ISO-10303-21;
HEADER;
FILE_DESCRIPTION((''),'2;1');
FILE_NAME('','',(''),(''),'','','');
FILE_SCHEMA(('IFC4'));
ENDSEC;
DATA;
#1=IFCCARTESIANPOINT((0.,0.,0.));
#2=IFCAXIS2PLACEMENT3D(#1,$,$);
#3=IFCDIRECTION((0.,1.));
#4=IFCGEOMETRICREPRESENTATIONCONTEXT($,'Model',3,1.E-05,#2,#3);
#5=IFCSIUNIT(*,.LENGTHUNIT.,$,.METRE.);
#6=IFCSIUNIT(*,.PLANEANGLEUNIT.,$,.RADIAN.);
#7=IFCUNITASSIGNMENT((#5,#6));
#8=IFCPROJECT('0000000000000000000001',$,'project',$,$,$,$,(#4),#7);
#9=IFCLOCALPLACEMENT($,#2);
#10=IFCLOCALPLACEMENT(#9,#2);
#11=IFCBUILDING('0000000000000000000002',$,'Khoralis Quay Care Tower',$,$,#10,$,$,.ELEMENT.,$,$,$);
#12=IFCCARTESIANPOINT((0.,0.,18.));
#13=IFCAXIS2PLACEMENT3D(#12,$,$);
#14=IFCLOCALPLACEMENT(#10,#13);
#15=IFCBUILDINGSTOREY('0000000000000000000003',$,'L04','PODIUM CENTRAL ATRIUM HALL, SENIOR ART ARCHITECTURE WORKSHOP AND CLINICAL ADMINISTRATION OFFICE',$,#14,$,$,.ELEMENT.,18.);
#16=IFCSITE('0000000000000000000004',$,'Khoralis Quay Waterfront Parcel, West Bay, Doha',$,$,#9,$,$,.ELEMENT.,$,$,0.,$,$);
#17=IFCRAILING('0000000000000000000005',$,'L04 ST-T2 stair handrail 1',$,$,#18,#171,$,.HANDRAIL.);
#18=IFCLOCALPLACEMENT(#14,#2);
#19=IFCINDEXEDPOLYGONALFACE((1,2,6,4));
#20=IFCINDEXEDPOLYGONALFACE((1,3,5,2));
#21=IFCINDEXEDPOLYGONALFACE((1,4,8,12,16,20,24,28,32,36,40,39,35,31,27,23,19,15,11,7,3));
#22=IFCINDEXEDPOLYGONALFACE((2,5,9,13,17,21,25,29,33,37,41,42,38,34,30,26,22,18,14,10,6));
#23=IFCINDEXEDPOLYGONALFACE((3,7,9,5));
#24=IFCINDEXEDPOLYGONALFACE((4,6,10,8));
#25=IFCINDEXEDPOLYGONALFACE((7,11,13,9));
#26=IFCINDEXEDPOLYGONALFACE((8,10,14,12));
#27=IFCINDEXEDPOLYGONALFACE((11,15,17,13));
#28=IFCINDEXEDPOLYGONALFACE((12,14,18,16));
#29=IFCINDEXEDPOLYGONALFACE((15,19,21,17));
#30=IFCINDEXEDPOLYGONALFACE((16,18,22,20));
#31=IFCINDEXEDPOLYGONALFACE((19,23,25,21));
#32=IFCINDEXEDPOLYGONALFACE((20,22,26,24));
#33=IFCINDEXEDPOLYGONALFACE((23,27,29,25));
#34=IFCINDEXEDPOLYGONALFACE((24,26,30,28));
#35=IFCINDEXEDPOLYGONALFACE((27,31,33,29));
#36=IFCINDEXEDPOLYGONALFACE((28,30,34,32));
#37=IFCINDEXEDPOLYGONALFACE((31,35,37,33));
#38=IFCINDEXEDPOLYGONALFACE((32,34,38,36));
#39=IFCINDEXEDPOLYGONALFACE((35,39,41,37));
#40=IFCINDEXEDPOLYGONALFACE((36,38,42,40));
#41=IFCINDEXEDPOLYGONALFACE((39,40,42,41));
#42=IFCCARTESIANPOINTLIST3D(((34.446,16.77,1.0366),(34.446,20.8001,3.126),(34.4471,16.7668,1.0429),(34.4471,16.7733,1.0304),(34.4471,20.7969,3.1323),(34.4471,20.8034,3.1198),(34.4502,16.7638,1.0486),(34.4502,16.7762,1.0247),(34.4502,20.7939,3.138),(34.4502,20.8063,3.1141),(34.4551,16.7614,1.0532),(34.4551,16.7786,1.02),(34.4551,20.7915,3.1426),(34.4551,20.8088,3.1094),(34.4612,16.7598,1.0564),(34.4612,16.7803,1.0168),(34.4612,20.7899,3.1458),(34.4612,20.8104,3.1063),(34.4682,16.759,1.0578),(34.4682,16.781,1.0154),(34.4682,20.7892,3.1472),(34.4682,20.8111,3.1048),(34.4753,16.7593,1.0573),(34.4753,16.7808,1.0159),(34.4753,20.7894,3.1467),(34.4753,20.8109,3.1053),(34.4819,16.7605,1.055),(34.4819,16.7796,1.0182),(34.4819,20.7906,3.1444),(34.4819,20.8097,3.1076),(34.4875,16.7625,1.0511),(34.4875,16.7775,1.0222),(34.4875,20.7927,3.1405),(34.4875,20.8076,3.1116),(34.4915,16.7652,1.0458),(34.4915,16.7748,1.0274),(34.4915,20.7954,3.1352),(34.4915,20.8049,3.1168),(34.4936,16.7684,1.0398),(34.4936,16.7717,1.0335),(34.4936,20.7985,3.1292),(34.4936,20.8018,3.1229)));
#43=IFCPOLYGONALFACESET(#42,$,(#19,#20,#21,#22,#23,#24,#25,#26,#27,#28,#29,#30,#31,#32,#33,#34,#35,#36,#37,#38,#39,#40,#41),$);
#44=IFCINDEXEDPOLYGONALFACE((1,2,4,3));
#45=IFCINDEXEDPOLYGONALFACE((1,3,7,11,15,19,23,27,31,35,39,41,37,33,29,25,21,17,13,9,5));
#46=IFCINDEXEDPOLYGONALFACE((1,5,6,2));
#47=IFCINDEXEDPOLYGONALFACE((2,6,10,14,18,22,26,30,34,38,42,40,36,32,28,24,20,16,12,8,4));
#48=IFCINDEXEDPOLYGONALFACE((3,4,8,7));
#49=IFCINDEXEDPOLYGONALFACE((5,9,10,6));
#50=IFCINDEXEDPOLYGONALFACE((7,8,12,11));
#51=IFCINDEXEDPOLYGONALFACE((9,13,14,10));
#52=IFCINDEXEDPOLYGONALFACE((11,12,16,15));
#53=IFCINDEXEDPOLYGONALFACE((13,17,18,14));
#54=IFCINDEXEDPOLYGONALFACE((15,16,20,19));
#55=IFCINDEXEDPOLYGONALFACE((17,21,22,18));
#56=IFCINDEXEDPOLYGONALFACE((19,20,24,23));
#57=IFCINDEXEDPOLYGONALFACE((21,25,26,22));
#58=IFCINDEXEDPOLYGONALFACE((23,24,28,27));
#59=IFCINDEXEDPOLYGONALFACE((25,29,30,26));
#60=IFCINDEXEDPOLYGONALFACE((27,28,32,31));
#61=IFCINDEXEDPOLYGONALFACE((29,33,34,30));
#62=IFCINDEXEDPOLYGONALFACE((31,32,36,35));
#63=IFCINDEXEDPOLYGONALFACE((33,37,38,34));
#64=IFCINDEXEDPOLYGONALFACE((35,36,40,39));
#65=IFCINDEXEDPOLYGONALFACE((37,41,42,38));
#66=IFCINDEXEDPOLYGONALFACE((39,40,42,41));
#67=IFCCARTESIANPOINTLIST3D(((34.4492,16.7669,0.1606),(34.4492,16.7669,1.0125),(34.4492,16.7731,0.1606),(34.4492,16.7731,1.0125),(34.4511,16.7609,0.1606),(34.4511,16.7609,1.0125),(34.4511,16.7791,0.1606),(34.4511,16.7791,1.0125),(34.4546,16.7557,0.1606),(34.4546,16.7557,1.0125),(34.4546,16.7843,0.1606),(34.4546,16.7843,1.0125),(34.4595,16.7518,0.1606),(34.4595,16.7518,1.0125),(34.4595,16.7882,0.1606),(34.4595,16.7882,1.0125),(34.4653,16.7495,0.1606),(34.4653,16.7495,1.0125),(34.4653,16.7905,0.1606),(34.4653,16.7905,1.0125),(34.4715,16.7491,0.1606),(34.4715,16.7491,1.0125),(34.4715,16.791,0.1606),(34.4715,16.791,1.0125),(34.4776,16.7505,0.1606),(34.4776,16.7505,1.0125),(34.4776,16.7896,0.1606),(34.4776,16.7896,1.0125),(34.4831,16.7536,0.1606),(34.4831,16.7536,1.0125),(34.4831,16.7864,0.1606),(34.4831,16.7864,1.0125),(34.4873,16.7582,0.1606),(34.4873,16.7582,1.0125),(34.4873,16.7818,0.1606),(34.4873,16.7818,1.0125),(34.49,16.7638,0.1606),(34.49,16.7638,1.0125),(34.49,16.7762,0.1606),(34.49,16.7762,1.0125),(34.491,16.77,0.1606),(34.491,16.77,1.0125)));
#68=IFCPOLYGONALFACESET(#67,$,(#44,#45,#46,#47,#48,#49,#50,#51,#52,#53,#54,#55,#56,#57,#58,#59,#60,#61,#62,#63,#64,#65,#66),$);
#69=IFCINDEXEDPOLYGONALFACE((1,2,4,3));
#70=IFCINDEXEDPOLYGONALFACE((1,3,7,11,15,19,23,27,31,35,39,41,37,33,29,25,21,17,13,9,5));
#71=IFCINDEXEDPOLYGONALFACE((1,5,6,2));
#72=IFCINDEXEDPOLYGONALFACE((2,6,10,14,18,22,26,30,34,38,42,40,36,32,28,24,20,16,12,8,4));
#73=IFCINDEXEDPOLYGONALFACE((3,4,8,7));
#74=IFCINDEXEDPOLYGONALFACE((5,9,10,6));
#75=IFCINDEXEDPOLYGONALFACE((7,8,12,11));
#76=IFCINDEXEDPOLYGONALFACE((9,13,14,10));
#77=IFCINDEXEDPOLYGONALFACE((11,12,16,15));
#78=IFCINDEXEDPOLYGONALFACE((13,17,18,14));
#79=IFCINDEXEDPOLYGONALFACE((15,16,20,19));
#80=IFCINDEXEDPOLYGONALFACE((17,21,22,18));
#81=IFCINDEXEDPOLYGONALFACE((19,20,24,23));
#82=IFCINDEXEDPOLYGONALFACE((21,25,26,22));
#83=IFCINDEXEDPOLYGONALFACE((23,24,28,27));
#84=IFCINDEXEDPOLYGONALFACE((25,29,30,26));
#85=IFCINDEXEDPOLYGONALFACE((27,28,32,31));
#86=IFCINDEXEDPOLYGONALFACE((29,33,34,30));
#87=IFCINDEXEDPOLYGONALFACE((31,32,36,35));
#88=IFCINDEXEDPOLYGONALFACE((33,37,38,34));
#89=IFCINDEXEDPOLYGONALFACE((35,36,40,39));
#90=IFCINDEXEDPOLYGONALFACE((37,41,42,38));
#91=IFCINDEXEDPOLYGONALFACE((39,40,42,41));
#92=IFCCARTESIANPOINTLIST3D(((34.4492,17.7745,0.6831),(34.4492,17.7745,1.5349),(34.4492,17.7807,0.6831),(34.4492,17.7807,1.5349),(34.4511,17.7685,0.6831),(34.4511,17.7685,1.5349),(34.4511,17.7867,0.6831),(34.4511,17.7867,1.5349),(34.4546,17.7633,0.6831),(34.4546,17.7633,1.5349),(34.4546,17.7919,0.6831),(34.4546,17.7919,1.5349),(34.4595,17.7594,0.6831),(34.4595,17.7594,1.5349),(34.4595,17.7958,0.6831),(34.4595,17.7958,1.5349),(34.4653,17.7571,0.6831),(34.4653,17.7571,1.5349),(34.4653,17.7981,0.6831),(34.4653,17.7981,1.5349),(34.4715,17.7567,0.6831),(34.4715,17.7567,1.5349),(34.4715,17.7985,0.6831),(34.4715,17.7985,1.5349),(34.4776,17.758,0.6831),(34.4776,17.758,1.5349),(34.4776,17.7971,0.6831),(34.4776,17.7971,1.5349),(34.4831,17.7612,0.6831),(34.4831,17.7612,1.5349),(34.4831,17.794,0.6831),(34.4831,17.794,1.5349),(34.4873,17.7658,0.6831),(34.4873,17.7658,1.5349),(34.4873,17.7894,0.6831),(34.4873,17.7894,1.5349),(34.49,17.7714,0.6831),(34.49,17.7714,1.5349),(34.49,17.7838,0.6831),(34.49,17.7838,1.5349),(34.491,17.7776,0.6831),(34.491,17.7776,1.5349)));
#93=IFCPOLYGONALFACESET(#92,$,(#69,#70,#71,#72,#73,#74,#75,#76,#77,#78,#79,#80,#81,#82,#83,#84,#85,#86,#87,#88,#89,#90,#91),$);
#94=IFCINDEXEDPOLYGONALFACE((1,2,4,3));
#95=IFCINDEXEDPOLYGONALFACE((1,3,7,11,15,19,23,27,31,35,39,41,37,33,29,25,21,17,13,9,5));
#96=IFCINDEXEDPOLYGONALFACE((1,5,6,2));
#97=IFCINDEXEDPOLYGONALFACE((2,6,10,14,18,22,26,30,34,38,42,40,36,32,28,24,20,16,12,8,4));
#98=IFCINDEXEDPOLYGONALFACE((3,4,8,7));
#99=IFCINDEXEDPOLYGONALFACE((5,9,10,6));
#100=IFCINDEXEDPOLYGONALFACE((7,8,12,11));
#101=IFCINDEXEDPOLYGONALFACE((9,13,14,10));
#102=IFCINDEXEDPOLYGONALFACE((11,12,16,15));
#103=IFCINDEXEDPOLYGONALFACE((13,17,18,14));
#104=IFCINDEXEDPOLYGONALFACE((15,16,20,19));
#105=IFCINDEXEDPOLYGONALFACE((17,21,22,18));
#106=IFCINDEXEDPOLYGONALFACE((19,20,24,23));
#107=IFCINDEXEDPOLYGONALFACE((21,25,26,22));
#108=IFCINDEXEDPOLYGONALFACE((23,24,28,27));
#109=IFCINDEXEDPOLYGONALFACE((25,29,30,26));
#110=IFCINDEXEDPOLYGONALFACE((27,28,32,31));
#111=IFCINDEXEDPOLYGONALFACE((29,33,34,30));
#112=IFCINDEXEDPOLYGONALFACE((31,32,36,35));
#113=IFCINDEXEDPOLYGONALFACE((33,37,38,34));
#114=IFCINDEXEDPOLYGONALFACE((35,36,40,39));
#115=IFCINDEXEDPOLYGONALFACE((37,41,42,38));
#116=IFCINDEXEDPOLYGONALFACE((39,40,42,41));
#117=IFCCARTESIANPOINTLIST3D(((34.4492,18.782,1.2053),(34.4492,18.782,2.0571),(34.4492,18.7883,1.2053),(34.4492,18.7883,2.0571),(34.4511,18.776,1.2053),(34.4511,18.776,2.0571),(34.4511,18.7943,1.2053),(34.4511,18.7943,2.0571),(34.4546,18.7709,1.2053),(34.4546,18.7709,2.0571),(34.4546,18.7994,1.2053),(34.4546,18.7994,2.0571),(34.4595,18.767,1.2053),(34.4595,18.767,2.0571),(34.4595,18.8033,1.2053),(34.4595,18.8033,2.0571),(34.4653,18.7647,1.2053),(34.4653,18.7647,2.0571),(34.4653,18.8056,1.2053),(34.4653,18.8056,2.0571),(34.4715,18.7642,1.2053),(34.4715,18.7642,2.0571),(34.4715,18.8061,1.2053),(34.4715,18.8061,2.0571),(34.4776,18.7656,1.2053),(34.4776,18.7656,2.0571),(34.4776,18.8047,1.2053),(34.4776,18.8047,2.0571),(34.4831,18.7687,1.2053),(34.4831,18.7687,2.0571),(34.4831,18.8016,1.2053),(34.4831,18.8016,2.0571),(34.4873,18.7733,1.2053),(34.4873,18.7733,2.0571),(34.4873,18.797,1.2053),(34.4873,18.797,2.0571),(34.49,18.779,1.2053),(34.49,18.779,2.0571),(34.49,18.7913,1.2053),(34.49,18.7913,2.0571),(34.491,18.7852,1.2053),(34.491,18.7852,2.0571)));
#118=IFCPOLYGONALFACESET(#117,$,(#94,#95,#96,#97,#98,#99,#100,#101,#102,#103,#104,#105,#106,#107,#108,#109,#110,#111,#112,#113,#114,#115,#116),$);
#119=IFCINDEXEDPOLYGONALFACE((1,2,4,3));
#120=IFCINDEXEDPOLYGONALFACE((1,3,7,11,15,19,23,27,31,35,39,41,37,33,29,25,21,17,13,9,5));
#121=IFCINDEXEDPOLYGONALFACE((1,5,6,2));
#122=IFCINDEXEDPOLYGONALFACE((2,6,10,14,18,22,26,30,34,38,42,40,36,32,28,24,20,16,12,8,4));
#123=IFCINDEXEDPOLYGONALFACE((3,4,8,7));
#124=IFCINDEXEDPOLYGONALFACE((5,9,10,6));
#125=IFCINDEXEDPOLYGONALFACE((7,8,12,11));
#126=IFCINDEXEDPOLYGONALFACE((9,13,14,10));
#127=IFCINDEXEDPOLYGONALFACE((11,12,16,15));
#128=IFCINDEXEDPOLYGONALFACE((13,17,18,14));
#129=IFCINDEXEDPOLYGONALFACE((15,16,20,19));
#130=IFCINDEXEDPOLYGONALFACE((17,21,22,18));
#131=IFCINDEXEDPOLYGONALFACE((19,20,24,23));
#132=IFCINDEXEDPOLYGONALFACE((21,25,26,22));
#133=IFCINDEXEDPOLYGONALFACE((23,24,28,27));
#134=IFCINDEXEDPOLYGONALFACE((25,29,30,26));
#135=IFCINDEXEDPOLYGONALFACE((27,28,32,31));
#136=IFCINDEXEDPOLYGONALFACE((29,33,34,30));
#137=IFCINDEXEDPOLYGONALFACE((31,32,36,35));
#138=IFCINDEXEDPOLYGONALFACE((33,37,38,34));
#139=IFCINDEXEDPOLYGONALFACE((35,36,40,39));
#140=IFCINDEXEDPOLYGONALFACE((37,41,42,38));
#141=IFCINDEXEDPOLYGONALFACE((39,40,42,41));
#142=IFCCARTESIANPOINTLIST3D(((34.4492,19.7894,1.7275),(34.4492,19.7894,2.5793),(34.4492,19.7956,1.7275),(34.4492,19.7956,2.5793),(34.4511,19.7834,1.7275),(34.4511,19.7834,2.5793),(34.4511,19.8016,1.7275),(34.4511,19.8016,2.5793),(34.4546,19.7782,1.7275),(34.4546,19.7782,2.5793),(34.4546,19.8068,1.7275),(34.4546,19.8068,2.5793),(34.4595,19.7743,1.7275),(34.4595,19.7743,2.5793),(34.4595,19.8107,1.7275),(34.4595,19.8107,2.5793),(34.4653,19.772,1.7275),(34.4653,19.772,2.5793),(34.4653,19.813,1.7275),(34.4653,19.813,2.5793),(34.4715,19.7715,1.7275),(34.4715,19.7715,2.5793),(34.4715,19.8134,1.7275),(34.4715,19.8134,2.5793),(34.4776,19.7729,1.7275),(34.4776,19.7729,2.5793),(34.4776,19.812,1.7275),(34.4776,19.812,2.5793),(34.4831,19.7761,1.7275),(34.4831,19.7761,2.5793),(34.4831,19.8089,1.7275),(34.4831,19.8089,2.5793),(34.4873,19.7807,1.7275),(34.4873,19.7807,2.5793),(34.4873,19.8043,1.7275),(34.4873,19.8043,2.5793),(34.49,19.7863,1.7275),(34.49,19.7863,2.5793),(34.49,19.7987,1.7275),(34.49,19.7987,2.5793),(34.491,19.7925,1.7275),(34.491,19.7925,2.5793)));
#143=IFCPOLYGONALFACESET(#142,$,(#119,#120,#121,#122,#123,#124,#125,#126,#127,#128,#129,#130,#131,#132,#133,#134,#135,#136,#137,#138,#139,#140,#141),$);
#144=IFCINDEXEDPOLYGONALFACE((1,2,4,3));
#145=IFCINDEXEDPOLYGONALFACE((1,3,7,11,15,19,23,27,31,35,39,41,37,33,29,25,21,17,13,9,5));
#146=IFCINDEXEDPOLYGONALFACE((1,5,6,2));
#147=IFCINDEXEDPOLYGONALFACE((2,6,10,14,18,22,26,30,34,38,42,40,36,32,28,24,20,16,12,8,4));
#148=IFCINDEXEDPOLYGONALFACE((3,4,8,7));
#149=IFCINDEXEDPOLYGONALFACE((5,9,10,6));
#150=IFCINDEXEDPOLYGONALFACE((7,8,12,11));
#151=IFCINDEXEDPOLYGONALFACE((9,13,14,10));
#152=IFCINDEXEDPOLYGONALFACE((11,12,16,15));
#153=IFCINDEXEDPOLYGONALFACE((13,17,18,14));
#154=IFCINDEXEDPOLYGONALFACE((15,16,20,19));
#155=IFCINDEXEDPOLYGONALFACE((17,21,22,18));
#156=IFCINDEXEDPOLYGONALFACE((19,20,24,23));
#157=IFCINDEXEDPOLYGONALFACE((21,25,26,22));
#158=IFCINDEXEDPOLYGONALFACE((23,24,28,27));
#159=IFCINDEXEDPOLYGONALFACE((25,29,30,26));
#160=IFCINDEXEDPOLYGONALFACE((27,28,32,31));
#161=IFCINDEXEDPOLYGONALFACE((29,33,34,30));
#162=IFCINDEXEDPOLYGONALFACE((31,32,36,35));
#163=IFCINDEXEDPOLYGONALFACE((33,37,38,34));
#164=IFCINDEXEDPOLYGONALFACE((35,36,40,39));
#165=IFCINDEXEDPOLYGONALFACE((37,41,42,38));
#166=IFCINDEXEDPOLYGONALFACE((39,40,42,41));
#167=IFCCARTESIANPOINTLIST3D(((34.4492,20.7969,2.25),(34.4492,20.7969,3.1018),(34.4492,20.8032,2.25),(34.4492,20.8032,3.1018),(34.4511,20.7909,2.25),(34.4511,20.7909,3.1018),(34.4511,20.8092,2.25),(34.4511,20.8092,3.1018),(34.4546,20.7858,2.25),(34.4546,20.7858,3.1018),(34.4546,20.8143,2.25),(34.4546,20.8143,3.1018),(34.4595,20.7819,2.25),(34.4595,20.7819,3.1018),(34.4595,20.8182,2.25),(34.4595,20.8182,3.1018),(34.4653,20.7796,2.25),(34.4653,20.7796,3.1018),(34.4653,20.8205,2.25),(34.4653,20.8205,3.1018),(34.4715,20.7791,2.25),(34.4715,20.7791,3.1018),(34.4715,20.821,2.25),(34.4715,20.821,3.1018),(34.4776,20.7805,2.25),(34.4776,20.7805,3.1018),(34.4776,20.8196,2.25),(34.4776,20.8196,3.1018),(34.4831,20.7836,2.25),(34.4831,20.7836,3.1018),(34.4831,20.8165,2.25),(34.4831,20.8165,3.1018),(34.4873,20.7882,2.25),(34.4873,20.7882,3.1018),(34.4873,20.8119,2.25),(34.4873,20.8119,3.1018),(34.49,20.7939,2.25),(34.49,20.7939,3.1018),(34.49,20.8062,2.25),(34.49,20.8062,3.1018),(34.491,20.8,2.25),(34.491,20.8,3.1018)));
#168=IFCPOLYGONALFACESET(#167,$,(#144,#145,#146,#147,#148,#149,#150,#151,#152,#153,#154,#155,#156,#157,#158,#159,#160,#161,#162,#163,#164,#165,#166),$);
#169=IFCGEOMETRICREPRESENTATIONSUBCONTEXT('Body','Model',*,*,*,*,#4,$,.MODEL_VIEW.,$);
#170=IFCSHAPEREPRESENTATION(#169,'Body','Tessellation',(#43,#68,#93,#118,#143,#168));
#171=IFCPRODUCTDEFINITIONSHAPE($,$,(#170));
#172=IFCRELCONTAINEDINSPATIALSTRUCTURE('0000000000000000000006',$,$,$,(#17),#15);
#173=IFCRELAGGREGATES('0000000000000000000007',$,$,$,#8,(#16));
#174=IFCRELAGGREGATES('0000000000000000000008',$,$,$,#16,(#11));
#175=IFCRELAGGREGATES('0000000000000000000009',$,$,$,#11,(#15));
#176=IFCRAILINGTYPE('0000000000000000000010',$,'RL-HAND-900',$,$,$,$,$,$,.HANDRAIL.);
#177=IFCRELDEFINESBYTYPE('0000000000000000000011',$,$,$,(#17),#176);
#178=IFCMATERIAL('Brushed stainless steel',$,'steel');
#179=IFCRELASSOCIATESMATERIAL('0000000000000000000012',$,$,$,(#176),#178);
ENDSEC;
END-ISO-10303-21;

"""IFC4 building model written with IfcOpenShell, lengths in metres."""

from ifc_helpers import new_model, si_unit, direction, frame, origin, origin_2d, place, context, subcontext, project, spatial, circle, extrude, material, type_object, element, save


model = new_model("IFC4")

# Units and contexts
model_context = context("Model", 3, precision=1e-05, world=origin(), true_north=direction((0.0, 1.0)))
body_context = subcontext(model_context, "Body", "Model", "MODEL_VIEW")
ifc_project = project(units=[si_unit("LENGTHUNIT", "METRE"), si_unit("PLANEANGLEUNIT", "RADIAN")], contexts=[model_context])

# Site, building, storey
site_placement = place(None, origin())
site = spatial("IfcSite", under=ifc_project, at=site_placement, Name="Khoralis Quay Waterfront Parcel, West Bay, Doha", CompositionType="ELEMENT", RefElevation=0.0)
building_placement = place(site_placement, origin())
building = spatial("IfcBuilding", under=site, at=building_placement, Name="Khoralis Quay Care Tower", CompositionType="ELEMENT")
storey_placement = place(building_placement, frame((0.0, 0.0, 18.0)))
storey = spatial("IfcBuildingStorey", under=building, at=storey_placement, Name="L04", Description="PODIUM CENTRAL ATRIUM HALL, SENIOR ART ARCHITECTURE WORKSHOP AND CLINICAL ADMINISTRATION OFFICE", CompositionType="ELEMENT", Elevation=18.0)

# Railing
ifc_material_1 = material(Name="Brushed stainless steel", Category="steel")
railing_type_1 = type_object("IfcRailingType", Name="RL-HAND-900", PredefinedType="HANDRAIL", material=ifc_material_1)
railing_1_placement = place(storey_placement, frame((34.47, 16.77, 0.1606)))
element("IfcRailing", 1, at=railing_1_placement, inside=storey, type_object=railing_type_1, Name="L04 ST-T2 stair handrail 1", PredefinedType="HANDRAIL", context=body_context, shape_type="SweptSolid", body=[
    extrude(circle(Radius=0.0239, at=origin_2d()), frame((0.0, 0.0, 0.876), z_axis=(0.0, 0.887781, 0.460267), x_axis=(-1.0, 0.0, 0.0)), (0.0, 0.0, 1.0), 4.5396),
    extrude(circle(Radius=0.021, at=origin_2d()), origin(), (0.0, 0.0, 1.0), 0.8518),
    extrude(circle(Radius=0.021, at=origin_2d()), frame((0.0, 1.0076, 0.5225)), (0.0, 0.0, 1.0), 0.8518),
    extrude(circle(Radius=0.021, at=origin_2d()), frame((0.0, 2.0151, 1.0447)), (0.0, 0.0, 1.0), 0.8518),
    extrude(circle(Radius=0.021, at=origin_2d()), frame((0.0, 3.0225, 1.5669)), (0.0, 0.0, 1.0), 0.8518),
    extrude(circle(Radius=0.021, at=origin_2d()), frame((0.0, 4.03, 2.0894)), (0.0, 0.0, 1.0), 0.8518),
])

save(model, "model.ifc")
